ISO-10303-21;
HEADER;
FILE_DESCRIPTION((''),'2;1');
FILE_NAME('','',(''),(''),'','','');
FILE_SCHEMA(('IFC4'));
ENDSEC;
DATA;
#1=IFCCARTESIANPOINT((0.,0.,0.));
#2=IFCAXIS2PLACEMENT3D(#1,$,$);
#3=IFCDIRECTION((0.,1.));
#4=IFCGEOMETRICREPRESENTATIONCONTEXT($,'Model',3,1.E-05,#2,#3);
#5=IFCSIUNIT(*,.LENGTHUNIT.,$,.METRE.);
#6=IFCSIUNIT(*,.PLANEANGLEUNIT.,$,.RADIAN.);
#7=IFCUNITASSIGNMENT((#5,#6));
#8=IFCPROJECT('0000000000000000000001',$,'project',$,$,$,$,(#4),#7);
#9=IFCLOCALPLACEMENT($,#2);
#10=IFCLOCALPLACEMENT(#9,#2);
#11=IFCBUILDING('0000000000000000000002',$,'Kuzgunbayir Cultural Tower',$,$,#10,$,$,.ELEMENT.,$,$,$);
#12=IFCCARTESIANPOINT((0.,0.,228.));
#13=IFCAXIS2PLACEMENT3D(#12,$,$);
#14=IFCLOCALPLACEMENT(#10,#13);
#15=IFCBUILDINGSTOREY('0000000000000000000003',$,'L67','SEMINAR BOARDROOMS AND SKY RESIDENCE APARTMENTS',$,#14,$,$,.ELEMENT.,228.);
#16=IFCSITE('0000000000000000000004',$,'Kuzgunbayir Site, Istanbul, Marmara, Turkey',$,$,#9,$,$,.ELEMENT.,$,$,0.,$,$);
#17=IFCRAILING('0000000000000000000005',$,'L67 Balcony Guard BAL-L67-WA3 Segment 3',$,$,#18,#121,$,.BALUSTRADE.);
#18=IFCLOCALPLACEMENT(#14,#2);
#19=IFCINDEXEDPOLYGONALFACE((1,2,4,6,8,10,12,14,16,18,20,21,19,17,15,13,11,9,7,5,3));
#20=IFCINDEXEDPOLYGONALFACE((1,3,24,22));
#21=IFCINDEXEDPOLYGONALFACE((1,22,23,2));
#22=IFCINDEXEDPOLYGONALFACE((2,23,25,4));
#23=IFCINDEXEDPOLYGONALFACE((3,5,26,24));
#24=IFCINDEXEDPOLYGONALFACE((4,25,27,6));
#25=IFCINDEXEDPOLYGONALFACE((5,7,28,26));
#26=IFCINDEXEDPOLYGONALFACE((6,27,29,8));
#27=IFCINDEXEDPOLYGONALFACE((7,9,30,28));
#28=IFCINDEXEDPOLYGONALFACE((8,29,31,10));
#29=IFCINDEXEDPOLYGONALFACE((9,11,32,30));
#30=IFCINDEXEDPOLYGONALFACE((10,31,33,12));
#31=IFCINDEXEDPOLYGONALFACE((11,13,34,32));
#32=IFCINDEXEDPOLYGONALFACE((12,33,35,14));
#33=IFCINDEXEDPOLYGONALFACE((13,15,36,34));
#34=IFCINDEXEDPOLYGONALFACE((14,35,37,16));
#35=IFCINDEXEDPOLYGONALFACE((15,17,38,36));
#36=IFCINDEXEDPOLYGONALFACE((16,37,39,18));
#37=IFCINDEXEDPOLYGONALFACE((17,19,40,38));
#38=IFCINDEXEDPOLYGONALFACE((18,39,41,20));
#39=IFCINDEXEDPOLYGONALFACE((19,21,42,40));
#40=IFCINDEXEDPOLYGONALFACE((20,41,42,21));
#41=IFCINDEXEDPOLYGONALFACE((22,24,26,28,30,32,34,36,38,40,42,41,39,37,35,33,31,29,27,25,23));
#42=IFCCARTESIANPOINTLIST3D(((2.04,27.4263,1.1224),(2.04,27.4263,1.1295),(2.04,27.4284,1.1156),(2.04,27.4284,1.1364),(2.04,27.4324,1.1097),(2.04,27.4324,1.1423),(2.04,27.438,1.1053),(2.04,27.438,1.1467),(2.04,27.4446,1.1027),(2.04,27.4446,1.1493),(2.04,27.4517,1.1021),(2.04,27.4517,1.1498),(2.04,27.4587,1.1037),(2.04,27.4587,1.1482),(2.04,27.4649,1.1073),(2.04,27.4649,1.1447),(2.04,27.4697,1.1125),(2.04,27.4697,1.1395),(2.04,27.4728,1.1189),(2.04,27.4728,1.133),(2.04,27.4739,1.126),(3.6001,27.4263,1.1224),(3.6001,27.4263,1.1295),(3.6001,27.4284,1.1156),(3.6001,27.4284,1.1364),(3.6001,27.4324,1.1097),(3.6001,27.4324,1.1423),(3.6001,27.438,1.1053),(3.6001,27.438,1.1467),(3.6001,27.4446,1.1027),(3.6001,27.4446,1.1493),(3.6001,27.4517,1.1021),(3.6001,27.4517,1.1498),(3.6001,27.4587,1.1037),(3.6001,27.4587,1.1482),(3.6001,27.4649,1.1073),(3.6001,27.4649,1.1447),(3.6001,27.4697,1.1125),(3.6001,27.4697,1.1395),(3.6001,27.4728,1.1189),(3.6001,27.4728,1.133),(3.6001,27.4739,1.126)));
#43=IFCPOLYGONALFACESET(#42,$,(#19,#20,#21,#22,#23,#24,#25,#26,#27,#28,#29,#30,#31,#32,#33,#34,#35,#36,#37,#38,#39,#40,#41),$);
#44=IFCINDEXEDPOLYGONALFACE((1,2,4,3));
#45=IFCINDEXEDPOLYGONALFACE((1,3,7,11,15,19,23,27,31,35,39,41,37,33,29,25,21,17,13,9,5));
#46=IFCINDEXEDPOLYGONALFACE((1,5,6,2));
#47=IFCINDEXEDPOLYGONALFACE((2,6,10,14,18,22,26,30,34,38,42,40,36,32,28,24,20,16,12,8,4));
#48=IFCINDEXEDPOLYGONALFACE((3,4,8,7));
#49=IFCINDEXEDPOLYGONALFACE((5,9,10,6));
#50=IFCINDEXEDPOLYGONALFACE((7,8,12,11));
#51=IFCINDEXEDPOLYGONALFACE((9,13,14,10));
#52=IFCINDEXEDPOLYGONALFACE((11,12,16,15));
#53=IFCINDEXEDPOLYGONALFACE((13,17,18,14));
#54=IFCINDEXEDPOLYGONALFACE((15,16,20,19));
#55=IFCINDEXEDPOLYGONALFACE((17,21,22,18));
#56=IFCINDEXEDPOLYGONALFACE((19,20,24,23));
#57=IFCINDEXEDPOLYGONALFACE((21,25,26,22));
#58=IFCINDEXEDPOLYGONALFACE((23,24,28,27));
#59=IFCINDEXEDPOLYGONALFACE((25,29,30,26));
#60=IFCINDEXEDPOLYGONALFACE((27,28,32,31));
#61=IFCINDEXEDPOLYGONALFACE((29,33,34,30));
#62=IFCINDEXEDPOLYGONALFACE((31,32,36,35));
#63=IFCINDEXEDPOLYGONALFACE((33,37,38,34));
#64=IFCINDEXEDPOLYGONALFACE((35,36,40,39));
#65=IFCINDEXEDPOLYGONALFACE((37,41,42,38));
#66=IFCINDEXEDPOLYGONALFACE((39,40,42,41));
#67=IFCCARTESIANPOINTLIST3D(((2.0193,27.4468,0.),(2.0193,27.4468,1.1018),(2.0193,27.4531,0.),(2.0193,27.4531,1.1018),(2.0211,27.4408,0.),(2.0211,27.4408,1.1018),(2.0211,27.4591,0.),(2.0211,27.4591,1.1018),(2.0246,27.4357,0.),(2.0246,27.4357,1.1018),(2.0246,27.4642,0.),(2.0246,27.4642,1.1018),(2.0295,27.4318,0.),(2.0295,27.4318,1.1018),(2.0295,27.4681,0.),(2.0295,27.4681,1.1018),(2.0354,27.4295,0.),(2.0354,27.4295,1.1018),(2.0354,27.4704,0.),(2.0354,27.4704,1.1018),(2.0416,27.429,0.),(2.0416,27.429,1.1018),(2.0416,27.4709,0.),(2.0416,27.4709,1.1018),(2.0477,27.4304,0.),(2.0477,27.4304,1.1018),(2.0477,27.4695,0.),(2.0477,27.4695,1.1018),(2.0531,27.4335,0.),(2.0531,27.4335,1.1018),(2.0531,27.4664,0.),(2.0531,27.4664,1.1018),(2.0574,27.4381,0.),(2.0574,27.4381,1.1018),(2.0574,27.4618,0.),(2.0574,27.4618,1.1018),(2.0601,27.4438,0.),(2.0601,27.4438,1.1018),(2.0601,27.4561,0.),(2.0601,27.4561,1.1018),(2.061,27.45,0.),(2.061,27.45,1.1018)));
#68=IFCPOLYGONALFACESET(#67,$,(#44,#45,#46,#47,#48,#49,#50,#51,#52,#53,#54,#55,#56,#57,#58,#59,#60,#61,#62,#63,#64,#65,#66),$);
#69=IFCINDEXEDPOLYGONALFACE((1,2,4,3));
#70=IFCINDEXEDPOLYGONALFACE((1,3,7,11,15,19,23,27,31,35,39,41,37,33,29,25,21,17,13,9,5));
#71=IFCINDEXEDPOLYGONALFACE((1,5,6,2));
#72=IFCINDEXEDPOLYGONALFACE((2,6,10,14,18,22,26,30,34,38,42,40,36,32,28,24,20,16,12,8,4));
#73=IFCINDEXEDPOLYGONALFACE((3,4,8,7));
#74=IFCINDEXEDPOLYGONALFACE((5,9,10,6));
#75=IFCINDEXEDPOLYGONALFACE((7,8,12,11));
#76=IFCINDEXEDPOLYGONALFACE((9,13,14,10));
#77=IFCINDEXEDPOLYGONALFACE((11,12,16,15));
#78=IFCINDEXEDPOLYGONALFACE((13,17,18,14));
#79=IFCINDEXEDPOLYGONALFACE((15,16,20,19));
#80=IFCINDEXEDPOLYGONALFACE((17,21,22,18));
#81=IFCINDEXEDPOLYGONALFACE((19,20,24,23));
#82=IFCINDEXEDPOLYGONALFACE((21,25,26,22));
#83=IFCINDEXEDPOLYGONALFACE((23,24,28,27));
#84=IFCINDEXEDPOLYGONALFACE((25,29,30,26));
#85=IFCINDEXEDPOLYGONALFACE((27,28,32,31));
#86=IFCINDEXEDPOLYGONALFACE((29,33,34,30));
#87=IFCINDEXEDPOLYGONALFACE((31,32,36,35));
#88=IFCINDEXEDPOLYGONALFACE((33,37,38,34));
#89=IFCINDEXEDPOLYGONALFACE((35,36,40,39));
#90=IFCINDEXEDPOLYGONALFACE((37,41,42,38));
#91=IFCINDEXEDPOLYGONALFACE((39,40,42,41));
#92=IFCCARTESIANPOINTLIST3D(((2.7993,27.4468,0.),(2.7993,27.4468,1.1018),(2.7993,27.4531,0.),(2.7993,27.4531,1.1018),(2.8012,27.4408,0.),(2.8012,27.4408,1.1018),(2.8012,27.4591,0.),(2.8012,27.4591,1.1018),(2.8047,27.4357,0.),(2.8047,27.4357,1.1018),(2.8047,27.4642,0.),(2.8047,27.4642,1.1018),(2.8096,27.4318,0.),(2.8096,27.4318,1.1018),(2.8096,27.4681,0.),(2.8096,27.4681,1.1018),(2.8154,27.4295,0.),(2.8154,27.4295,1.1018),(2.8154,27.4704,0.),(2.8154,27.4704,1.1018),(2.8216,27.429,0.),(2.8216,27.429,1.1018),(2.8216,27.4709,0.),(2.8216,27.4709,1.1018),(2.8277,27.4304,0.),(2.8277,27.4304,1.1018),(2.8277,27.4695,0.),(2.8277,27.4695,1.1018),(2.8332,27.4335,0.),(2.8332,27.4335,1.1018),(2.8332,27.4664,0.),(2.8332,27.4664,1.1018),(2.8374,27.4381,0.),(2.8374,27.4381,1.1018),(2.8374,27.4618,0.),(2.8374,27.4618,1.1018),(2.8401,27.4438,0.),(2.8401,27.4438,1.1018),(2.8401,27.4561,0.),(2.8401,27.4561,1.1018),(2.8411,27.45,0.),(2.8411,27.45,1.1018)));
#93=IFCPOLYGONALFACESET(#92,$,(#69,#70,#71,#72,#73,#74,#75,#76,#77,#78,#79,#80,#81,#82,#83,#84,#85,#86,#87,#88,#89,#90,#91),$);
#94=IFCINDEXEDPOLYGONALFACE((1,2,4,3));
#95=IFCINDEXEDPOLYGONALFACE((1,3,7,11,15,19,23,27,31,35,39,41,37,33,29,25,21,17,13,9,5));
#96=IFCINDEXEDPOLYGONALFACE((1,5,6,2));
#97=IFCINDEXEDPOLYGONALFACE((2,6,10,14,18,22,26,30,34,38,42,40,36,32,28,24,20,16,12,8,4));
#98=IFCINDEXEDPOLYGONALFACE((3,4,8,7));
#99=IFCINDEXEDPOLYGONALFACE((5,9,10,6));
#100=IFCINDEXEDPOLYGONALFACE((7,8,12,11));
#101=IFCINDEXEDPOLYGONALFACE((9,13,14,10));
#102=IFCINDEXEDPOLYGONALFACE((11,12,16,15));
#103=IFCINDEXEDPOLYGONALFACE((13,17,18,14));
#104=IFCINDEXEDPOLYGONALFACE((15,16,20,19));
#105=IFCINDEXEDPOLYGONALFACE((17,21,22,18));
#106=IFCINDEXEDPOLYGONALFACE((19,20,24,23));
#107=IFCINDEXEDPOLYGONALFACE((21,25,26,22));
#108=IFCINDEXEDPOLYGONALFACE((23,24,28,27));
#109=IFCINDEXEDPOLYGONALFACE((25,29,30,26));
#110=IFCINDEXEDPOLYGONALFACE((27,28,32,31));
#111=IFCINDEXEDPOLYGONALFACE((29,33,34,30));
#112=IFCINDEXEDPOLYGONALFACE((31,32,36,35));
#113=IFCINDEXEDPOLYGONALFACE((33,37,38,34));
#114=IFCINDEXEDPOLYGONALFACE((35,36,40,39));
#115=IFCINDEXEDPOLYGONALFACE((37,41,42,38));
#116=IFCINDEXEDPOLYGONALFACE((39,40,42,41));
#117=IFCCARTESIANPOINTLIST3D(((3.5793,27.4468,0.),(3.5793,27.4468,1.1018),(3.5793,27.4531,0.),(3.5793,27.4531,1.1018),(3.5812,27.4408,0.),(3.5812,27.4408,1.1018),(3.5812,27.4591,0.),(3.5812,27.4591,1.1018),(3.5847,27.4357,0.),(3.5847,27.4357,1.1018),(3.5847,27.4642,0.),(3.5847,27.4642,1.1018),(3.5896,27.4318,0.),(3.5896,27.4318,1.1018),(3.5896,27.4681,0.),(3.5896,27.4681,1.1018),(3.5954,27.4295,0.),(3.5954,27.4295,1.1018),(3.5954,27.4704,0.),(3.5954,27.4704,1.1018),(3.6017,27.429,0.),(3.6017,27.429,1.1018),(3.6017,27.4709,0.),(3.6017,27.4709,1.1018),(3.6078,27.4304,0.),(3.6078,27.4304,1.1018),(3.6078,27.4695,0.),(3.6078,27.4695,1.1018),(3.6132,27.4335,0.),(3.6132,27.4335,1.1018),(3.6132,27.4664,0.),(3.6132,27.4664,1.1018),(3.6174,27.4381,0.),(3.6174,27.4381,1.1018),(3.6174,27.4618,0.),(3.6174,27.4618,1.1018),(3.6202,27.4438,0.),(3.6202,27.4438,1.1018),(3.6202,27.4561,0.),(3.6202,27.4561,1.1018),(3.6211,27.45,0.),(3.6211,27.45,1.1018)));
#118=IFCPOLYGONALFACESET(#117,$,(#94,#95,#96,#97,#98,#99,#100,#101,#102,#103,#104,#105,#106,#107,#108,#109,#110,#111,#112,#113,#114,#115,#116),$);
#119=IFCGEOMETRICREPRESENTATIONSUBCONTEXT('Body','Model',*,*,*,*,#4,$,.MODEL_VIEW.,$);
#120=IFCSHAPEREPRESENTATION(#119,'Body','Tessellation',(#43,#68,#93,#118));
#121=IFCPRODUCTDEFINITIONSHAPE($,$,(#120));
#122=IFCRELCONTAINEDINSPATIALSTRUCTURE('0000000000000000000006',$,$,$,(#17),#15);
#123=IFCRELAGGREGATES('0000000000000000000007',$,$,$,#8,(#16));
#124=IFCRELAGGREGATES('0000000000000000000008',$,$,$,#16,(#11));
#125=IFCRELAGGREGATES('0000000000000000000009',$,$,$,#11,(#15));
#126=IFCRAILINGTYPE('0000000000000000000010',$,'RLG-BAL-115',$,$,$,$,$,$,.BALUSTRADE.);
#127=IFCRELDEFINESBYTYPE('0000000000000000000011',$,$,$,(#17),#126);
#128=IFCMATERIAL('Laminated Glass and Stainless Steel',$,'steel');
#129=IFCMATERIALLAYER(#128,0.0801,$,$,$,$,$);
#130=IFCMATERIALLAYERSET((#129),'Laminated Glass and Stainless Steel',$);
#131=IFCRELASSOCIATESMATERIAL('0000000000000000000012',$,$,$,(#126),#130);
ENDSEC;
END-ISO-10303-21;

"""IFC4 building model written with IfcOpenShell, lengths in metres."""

from ifc_helpers import new_model, si_unit, direction, frame, origin, origin_2d, place, context, subcontext, project, spatial, circle, extrude, material, layer, layer_set, type_object, element, save


model = new_model("IFC4")

# Units and contexts
model_context = context("Model", 3, precision=1e-05, world=origin(), true_north=direction((0.0, 1.0)))
body_context = subcontext(model_context, "Body", "Model", "MODEL_VIEW")
ifc_project = project(units=[si_unit("LENGTHUNIT", "METRE"), si_unit("PLANEANGLEUNIT", "RADIAN")], contexts=[model_context])

# Site, building, storey
site_placement = place(None, origin())
site = spatial("IfcSite", under=ifc_project, at=site_placement, Name="Kuzgunbayir Site, Istanbul, Marmara, Turkey", CompositionType="ELEMENT", RefElevation=0.0)
building_placement = place(site_placement, origin())
building = spatial("IfcBuilding", under=site, at=building_placement, Name="Kuzgunbayir Cultural Tower", CompositionType="ELEMENT")
storey_placement = place(building_placement, frame((0.0, 0.0, 228.0)))
storey = spatial("IfcBuildingStorey", under=building, at=storey_placement, Name="L67", Description="SEMINAR BOARDROOMS AND SKY RESIDENCE APARTMENTS", CompositionType="ELEMENT", Elevation=228.0)

# Railing
ifc_material_1 = material(Name="Laminated Glass and Stainless Steel", Category="steel")
ifc_layer_1 = layer(ifc_material_1, 0.0801)
ifc_layer_set_1 = layer_set([ifc_layer_1], Name="Laminated Glass and Stainless Steel")
railing_type = type_object("IfcRailingType", Name="RLG-BAL-115", PredefinedType="BALUSTRADE", material=ifc_layer_set_1)
railing_1_placement = place(storey_placement, frame((2.04, 27.45, 0.0)))
element("IfcRailing", 1, at=railing_1_placement, inside=storey, type_object=railing_type, Name="L67 Balcony Guard BAL-L67-WA3 Segment 3", PredefinedType="BALUSTRADE", context=body_context, shape_type="SweptSolid", body=[
    extrude(circle(Radius=0.0239, at=origin_2d()), frame((0.0, 0.0, 1.126), z_axis=(1.0, 0.0, 0.0), x_axis=(0.0, 1.0, 0.0)), (0.0, 0.0, 1.0), 1.5601),
    extrude(circle(Radius=0.021, at=origin_2d()), origin(), (0.0, 0.0, 1.0), 1.1018),
    extrude(circle(Radius=0.021, at=origin_2d()), frame((0.78, 0.0, 0.0)), (0.0, 0.0, 1.0), 1.1018),
    extrude(circle(Radius=0.021, at=origin_2d()), frame((1.5601, 0.0, 0.0)), (0.0, 0.0, 1.0), 1.1018),
])

save(model, "model.ifc")
